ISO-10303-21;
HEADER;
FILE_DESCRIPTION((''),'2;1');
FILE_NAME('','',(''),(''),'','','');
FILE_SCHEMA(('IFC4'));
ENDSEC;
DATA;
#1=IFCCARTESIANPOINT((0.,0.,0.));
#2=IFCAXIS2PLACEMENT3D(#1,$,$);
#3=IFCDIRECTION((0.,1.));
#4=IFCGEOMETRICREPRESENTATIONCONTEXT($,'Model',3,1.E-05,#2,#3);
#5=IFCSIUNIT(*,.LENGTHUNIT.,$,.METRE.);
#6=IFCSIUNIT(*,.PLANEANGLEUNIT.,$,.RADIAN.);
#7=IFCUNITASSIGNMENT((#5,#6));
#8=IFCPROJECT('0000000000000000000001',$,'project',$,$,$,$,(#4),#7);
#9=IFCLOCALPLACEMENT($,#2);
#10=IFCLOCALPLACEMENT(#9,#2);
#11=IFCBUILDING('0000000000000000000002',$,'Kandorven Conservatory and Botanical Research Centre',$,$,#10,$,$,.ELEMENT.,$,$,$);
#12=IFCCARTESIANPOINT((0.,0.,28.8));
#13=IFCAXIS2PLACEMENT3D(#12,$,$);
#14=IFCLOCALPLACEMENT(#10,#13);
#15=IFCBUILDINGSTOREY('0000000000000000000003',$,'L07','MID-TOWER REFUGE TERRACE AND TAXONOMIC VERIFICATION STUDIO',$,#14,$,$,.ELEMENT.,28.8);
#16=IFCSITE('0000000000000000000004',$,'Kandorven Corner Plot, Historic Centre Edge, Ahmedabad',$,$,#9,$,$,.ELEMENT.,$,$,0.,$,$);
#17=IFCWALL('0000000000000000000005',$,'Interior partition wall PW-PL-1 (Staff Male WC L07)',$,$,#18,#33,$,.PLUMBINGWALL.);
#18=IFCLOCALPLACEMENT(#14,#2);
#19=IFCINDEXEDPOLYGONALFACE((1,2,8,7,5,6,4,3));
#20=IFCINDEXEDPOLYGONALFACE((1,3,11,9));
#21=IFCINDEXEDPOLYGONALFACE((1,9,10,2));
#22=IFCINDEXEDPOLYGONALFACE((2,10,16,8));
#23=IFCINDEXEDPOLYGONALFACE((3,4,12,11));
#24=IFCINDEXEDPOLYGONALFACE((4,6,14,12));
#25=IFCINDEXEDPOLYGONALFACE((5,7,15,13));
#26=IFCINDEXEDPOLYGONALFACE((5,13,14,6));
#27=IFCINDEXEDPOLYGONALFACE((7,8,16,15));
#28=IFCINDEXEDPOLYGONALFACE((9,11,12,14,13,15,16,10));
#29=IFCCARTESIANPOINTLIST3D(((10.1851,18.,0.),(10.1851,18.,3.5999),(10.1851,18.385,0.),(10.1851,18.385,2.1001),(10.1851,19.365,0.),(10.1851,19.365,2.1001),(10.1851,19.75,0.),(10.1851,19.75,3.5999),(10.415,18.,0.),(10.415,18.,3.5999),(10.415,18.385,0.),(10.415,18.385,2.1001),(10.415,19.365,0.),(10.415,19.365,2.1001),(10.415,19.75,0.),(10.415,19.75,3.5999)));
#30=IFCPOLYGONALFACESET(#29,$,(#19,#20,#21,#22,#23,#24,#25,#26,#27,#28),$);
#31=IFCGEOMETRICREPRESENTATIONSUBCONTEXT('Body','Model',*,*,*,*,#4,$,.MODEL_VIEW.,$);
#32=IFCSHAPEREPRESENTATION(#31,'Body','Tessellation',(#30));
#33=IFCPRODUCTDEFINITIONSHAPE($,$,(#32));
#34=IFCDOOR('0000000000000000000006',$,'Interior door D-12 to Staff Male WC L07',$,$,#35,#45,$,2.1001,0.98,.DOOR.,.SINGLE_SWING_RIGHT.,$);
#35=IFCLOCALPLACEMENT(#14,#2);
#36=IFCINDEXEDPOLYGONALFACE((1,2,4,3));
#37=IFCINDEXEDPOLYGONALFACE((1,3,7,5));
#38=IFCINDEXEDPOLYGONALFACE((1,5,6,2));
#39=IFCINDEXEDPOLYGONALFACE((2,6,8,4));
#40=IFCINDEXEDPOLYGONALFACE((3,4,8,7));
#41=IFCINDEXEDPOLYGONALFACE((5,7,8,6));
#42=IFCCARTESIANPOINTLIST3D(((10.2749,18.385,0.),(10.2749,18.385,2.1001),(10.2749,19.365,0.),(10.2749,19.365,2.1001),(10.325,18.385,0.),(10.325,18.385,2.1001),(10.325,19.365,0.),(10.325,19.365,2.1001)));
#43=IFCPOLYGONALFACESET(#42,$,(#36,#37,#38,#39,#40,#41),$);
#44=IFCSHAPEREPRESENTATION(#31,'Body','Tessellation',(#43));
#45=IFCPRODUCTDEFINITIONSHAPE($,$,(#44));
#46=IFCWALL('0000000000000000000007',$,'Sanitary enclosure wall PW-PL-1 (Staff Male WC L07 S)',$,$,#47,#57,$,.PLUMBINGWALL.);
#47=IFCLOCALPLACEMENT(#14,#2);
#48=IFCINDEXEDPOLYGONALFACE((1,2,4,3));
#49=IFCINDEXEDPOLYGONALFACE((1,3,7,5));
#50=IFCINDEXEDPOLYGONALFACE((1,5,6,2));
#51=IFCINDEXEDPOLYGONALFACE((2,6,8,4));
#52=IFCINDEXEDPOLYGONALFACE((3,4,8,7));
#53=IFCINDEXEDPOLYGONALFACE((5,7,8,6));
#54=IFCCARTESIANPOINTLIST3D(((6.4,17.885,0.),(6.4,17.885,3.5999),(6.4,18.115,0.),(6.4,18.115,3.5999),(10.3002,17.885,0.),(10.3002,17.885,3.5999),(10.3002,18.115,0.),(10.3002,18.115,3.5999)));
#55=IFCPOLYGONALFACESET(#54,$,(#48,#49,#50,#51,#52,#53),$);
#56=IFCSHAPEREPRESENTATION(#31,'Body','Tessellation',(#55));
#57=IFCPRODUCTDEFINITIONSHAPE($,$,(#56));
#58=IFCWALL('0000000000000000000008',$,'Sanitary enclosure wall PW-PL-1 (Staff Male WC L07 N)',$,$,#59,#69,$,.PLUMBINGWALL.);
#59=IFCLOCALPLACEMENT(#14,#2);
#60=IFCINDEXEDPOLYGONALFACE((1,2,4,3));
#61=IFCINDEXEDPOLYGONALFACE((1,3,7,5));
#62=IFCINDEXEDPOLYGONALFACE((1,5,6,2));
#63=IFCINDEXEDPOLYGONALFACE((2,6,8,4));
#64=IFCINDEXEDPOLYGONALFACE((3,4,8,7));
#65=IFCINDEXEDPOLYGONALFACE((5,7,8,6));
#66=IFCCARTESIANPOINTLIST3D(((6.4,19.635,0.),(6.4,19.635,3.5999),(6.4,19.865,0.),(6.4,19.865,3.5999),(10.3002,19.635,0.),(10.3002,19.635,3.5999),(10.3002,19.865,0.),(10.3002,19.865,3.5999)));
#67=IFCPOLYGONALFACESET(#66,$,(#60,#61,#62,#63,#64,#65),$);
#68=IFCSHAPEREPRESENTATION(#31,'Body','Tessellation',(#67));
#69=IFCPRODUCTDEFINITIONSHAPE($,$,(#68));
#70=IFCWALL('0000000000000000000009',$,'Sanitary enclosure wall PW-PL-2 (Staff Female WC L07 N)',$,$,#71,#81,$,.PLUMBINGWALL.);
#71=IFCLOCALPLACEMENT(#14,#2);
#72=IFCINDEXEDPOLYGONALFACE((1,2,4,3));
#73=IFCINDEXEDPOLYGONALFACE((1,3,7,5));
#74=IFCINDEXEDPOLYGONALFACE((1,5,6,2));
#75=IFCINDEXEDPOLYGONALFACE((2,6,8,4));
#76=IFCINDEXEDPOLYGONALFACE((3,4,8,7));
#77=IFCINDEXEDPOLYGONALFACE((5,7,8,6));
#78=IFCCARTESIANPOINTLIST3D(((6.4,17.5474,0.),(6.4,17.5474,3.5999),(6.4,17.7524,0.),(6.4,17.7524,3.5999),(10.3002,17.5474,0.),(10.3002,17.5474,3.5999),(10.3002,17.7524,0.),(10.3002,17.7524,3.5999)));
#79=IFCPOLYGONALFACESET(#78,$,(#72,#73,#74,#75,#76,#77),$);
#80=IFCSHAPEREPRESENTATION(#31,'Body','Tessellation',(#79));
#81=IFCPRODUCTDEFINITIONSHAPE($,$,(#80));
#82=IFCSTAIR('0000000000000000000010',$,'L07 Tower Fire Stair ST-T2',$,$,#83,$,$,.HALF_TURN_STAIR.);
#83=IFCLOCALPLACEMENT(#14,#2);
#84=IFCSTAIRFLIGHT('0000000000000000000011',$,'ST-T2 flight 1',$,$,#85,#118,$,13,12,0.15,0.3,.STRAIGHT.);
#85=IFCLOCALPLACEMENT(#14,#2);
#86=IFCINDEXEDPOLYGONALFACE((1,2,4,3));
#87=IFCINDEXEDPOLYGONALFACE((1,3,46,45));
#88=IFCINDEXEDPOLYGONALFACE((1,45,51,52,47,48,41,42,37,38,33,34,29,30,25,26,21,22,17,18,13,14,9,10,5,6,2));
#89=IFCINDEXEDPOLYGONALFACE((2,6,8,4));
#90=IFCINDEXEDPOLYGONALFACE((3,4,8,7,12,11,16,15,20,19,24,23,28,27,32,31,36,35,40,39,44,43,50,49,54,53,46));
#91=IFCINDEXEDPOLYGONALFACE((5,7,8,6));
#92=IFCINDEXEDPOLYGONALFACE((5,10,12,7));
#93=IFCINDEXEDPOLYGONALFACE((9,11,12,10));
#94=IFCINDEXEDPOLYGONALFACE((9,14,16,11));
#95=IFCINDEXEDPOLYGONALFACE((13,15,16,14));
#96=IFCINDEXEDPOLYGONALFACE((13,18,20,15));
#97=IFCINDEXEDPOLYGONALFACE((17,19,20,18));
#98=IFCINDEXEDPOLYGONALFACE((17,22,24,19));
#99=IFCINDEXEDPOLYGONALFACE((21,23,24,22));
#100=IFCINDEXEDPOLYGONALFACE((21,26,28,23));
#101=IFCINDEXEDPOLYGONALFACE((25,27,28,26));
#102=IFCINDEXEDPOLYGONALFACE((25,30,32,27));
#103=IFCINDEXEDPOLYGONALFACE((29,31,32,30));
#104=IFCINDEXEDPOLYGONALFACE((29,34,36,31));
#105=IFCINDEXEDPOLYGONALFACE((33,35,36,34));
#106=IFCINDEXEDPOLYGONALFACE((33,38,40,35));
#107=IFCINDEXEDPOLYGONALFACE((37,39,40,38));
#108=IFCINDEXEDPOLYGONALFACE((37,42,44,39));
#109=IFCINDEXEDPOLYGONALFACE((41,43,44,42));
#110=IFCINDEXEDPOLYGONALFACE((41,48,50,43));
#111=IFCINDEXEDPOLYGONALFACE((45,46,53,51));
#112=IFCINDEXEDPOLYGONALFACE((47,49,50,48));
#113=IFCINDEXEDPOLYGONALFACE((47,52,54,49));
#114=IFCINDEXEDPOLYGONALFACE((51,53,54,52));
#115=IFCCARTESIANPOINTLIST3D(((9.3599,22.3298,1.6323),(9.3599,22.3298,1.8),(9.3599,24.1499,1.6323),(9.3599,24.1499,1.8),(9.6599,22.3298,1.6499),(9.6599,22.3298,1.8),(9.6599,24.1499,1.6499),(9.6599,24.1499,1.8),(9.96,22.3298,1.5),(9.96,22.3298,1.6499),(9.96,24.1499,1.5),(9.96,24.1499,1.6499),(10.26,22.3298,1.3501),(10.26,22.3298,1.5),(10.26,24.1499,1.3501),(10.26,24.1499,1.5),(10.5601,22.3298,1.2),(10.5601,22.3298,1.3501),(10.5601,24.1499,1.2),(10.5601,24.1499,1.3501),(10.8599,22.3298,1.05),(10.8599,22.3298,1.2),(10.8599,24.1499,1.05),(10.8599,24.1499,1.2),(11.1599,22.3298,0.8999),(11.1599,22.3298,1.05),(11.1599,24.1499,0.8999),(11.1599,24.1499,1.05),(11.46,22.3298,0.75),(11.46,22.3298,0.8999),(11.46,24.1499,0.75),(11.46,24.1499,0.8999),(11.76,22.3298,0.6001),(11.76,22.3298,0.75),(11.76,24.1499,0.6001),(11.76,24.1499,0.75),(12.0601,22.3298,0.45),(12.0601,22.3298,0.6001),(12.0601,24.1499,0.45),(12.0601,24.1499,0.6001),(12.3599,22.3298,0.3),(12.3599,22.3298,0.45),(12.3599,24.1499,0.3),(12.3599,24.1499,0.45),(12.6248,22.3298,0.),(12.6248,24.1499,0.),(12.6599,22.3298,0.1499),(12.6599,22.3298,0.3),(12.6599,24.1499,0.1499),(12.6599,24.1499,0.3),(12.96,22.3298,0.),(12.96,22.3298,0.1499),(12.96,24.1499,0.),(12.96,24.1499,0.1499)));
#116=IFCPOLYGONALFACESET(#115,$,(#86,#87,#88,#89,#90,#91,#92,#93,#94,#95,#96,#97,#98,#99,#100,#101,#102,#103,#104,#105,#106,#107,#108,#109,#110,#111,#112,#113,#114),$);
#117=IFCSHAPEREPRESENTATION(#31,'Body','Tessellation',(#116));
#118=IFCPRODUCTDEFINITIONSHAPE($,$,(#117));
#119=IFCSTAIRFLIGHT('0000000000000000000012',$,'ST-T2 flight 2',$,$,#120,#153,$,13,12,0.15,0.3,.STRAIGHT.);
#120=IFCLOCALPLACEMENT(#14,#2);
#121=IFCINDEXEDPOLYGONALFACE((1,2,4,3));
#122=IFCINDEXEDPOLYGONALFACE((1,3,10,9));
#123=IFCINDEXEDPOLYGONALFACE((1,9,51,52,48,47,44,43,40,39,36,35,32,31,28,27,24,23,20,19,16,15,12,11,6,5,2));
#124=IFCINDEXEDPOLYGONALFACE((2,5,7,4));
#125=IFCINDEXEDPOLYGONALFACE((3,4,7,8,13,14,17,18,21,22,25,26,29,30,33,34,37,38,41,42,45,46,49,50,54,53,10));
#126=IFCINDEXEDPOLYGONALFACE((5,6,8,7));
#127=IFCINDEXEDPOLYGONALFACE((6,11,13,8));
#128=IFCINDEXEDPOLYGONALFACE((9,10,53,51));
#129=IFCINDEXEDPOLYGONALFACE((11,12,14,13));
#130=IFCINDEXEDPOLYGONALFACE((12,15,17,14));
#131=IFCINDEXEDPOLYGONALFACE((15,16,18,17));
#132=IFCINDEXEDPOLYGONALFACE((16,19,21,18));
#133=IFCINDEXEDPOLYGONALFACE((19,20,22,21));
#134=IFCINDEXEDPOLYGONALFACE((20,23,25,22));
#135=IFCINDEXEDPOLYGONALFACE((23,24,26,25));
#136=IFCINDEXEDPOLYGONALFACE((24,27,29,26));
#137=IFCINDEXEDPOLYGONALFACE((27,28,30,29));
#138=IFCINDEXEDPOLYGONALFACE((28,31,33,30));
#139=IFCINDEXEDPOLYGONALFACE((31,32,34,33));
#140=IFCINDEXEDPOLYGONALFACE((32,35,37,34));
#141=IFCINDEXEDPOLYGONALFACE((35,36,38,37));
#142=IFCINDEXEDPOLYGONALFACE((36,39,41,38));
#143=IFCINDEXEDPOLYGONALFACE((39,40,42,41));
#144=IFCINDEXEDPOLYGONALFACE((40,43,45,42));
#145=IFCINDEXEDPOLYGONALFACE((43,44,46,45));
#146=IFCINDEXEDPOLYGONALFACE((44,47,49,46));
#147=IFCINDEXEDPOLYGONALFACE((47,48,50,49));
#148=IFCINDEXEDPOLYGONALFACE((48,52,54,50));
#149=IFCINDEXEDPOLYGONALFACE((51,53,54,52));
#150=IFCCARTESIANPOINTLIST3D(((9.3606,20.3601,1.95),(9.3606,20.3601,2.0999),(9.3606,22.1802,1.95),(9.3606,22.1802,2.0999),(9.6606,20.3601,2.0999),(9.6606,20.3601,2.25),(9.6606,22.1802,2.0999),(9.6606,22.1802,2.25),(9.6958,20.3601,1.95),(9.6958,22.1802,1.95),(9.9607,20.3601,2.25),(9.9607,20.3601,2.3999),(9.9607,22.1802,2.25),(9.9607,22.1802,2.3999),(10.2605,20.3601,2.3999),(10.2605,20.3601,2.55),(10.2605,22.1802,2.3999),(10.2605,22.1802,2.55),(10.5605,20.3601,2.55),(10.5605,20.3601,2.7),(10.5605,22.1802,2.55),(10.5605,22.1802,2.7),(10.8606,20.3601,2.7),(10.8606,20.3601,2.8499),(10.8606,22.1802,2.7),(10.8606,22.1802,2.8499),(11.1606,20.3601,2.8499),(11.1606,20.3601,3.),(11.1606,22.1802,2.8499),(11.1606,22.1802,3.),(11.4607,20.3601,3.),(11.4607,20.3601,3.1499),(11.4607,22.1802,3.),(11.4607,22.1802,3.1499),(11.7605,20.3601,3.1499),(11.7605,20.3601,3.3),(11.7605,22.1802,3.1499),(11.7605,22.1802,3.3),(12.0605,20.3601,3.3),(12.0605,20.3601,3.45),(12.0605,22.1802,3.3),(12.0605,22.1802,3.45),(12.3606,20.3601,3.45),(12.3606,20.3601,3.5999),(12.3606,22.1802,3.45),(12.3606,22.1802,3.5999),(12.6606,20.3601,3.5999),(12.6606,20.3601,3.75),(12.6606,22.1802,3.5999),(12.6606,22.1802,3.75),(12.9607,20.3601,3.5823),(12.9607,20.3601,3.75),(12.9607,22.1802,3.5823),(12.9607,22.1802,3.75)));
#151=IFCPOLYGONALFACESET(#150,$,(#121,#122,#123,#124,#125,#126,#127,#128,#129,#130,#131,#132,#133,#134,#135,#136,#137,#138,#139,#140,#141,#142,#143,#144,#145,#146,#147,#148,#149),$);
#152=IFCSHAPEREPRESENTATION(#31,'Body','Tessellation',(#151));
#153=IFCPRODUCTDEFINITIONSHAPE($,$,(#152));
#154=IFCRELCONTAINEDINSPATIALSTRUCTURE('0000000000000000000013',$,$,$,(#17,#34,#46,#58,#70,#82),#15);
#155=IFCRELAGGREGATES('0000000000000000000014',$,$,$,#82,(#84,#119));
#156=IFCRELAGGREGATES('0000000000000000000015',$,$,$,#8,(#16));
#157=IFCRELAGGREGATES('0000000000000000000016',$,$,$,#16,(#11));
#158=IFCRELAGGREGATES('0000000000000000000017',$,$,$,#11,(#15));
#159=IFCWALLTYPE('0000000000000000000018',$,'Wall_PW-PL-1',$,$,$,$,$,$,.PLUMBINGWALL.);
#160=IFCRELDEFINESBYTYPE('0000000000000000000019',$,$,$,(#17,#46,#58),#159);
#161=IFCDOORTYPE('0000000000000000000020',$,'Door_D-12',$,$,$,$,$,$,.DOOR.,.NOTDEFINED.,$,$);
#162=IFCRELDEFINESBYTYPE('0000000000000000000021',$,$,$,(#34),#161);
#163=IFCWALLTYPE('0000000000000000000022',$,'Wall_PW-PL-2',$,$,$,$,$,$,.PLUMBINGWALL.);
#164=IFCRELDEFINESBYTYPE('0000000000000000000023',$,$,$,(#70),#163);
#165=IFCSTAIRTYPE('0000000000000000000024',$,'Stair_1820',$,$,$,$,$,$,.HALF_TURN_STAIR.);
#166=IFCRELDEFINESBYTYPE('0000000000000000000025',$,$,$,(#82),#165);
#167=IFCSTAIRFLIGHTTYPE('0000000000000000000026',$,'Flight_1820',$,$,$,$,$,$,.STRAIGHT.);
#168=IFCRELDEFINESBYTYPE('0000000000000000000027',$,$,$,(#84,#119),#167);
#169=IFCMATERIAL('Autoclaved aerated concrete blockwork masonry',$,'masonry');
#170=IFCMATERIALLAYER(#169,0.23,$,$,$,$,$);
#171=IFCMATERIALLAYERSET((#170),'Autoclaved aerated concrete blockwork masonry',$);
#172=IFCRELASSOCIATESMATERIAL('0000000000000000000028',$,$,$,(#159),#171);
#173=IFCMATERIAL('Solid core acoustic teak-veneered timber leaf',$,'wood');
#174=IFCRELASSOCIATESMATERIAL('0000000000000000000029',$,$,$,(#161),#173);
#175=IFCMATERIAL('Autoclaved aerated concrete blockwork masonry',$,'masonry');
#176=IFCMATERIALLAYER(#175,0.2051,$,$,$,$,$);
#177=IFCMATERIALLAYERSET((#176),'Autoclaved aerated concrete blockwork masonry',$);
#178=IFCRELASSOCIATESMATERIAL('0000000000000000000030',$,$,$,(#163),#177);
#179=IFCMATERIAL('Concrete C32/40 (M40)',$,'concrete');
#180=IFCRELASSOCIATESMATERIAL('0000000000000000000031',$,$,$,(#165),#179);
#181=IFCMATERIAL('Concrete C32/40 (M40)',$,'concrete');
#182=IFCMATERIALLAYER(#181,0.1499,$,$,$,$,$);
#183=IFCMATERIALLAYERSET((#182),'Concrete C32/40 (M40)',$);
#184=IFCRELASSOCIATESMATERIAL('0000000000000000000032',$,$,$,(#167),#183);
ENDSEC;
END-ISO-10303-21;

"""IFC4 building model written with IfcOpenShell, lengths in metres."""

from ifc_helpers import new_model, si_unit, direction, frame, frame_2d, origin, place, context, subcontext, project, spatial, polyline, rectangle, outline, extrude, material, layer, layer_set, type_object, element, fill, aggregate, save


model = new_model("IFC4")

# Units and contexts
model_context = context("Model", 3, precision=1e-05, world=origin(), true_north=direction((0.0, 1.0)))
body_context = subcontext(model_context, "Body", "Model", "MODEL_VIEW")
ifc_project = project(units=[si_unit("LENGTHUNIT", "METRE"), si_unit("PLANEANGLEUNIT", "RADIAN")], contexts=[model_context])

# Site, building, storey
site_placement = place(None, origin())
site = spatial("IfcSite", under=ifc_project, at=site_placement, Name="Kandorven Corner Plot, Historic Centre Edge, Ahmedabad", CompositionType="ELEMENT", RefElevation=0.0)
building_placement = place(site_placement, origin())
building = spatial("IfcBuilding", under=site, at=building_placement, Name="Kandorven Conservatory and Botanical Research Centre", CompositionType="ELEMENT")
storey_placement = place(building_placement, frame((0.0, 0.0, 28.8)))
storey = spatial("IfcBuildingStorey", under=building, at=storey_placement, Name="L07", Description="MID-TOWER REFUGE TERRACE AND TAXONOMIC VERIFICATION STUDIO", CompositionType="ELEMENT", Elevation=28.8)

# Wall, opening, door
ifc_material_1 = material(Name="Autoclaved aerated concrete blockwork masonry", Category="masonry")
ifc_layer_1 = layer(ifc_material_1, 0.23)
ifc_layer_set_1 = layer_set([ifc_layer_1], Name="Autoclaved aerated concrete blockwork masonry")
wall_type_1 = type_object("IfcWallType", Name="Wall_PW-PL-1", PredefinedType="PLUMBINGWALL", material=ifc_layer_set_1)
wall_1_placement = place(storey_placement, frame((10.3, 18.0, 0.0), z_axis=(0.0, 0.0, 1.0), x_axis=(0.0, 1.0, 0.0)))
wall_1 = element("IfcWall", 1, at=wall_1_placement, inside=storey, type_object=wall_type_1, Name="Interior partition wall PW-PL-1 (Staff Male WC L07)", PredefinedType="PLUMBINGWALL", context=body_context, shape_type="SweptSolid", body=[
    extrude(rectangle(XDim=1.75, YDim=0.23, at=frame_2d((0.875, 0.0))), origin(), (0.0, 0.0, 1.0), 3.5999),
])
opening_placement = place(wall_1_placement, frame((0.385, 0.0, 0.0)))
opening = element("IfcOpeningElement", 2, at=opening_placement, cuts=wall_1, PredefinedType="OPENING", context=body_context, shape_type="SweptSolid", body=[
    extrude(rectangle(XDim=0.98, YDim=2.1001, at=frame_2d((0.49, 1.05))), frame((0.0, 0.125, 0.0), z_axis=(0.0, -1.0, 0.0), x_axis=(1.0, 0.0, 0.0)), (0.0, 0.0, 1.0), 0.25),
])
ifc_material_2 = material(Name="Solid core acoustic teak-veneered timber leaf", Category="wood")
door_type = type_object("IfcDoorType", Name="Door_D-12", OperationType="NOTDEFINED", PredefinedType="DOOR", material=ifc_material_2)
door_placement = place(opening_placement, frame((0.98, 0.0, 0.0), z_axis=(0.0, 0.0, 1.0), x_axis=(-1.0, 0.0, 0.0)))
door = element("IfcDoor", 3, at=door_placement, inside=storey, type_object=door_type, Name="Interior door D-12 to Staff Male WC L07", OperationType="SINGLE_SWING_RIGHT", OverallHeight=2.1001, OverallWidth=0.98, PredefinedType="DOOR", context=body_context, shape_type="SweptSolid", body=[
    extrude(rectangle(XDim=0.98, YDim=2.1001, at=frame_2d((0.49, 1.05))), frame((0.0, 0.0249, 0.0), z_axis=(0.0, -1.0, 0.0), x_axis=(1.0, 0.0, 0.0)), (0.0, 0.0, 1.0), 0.05),
])
fill(opening, door)

# Walls
for number, where, z_axis, x_axis, name in (
    (4, (6.3999, 18.0, 0.0), (0.0, 0.0, 1.0), (1.0, 0.0, 0.0), "Sanitary enclosure wall PW-PL-1 (Staff Male WC L07 S)"),
    (5, (6.3999, 19.75, 0.0), (0.0, 0.0, 1.0), (1.0, 0.0, 0.0), "Sanitary enclosure wall PW-PL-1 (Staff Male WC L07 N)"),
):
    element("IfcWall", number, at=place(storey_placement, frame(where, z_axis=z_axis, x_axis=x_axis)), inside=storey, type_object=wall_type_1, Name=name, PredefinedType="PLUMBINGWALL", context=body_context, shape_type="SweptSolid", body=[
        extrude(rectangle(XDim=3.9001, YDim=0.23, at=frame_2d((1.9502, 0.0))), origin(), (0.0, 0.0, 1.0), 3.5999),
    ])
ifc_material_3 = material(Name="Autoclaved aerated concrete blockwork masonry", Category="masonry")
ifc_layer_2 = layer(ifc_material_3, 0.2051)
ifc_layer_set_2 = layer_set([ifc_layer_2], Name="Autoclaved aerated concrete blockwork masonry")
wall_type_2 = type_object("IfcWallType", Name="Wall_PW-PL-2", PredefinedType="PLUMBINGWALL", material=ifc_layer_set_2)
wall_2_placement = place(storey_placement, frame((6.3999, 17.6499, 0.0), z_axis=(0.0, 0.0, 1.0), x_axis=(1.0, 0.0, 0.0)))
element("IfcWall", 6, at=wall_2_placement, inside=storey, type_object=wall_type_2, Name="Sanitary enclosure wall PW-PL-2 (Staff Female WC L07 N)", PredefinedType="PLUMBINGWALL", context=body_context, shape_type="SweptSolid", body=[
    extrude(rectangle(XDim=3.9001, YDim=0.2051, at=frame_2d((1.9502, 0.0))), origin(), (0.0, 0.0, 1.0), 3.5999),
])

# Stair, stair flights
ifc_material_4 = material(Name="Concrete C32/40 (M40)", Category="concrete")
stair_type = type_object("IfcStairType", Name="Stair_1820", PredefinedType="HALF_TURN_STAIR", material=ifc_material_4)
stair_placement = place(storey_placement, origin())
stair = element("IfcStair", 7, at=stair_placement, inside=storey, type_object=stair_type, Name="L07 Tower Fire Stair ST-T2", PredefinedType="HALF_TURN_STAIR")
ifc_material_5 = material(Name="Concrete C32/40 (M40)", Category="concrete")
ifc_layer_3 = layer(ifc_material_5, 0.1499)
ifc_layer_set_3 = layer_set([ifc_layer_3], Name="Concrete C32/40 (M40)")
stair_flight_type = type_object("IfcStairFlightType", Name="Flight_1820", PredefinedType="STRAIGHT", material=ifc_layer_set_3)
stair_flight_1_placement = place(storey_placement, frame((12.96, 23.24, 0.0), z_axis=(0.0, 0.0, 1.0), x_axis=(-1.0, 0.0, 0.0)))
stair_flight_1 = element("IfcStairFlight", 8, at=stair_flight_1_placement, type_object=stair_flight_type, Name="ST-T2 flight 1", NumberOfRisers=13, NumberOfTreads=12, PredefinedType="STRAIGHT", RiserHeight=0.15, TreadLength=0.3, context=body_context, shape_type="SweptSolid", body=[
    extrude(outline(polyline([(0.0, 0.0), (0.0, 0.1499), (0.3, 0.1499), (0.3, 0.3), (0.6001, 0.3), (0.6001, 0.45), (0.8999, 0.45), (0.8999, 0.6001), (1.2, 0.6001), (1.2, 0.75), (1.5, 0.75), (1.5, 0.8999), (1.8, 0.8999), (1.8, 1.05), (2.1001, 1.05), (2.1001, 1.2), (2.3999, 1.2), (2.3999, 1.3501), (2.7, 1.3501), (2.7, 1.5), (3.0, 1.5), (3.0, 1.6499), (3.3, 1.6499), (3.3, 1.8), (3.6001, 1.8), (3.6001, 1.95), (3.6001, 1.6323), (0.3352, 0.0), (0.0, 0.0)])), frame((0.0, 0.9102, 0.0), z_axis=(0.0, -1.0, 0.0), x_axis=(1.0, 0.0, 0.0)), (0.0, 0.0, 1.0), 1.8201),
])
stair_flight_2_placement = place(storey_placement, frame((9.3606, 21.27, 1.95), z_axis=(0.0, 0.0, 1.0), x_axis=(1.0, 0.0, 0.0)))
stair_flight_2 = element("IfcStairFlight", 9, at=stair_flight_2_placement, type_object=stair_flight_type, Name="ST-T2 flight 2", NumberOfRisers=13, NumberOfTreads=12, PredefinedType="STRAIGHT", RiserHeight=0.15, TreadLength=0.3, context=body_context, shape_type="SweptSolid", body=[
    extrude(outline(polyline([(0.0, 0.0), (0.0, 0.1499), (0.3, 0.1499), (0.3, 0.3), (0.6001, 0.3), (0.6001, 0.45), (0.8999, 0.45), (0.8999, 0.6001), (1.2, 0.6001), (1.2, 0.75), (1.5, 0.75), (1.5, 0.8999), (1.8, 0.8999), (1.8, 1.05), (2.1001, 1.05), (2.1001, 1.2), (2.3999, 1.2), (2.3999, 1.3501), (2.7, 1.3501), (2.7, 1.5), (3.0, 1.5), (3.0, 1.6499), (3.3, 1.6499), (3.3, 1.8), (3.6001, 1.8), (3.6001, 1.95), (3.6001, 1.6323), (0.3352, 0.0), (0.0, 0.0)])), frame((0.0, 0.9102, 0.0), z_axis=(0.0, -1.0, 0.0), x_axis=(1.0, 0.0, 0.0)), (0.0, 0.0, 1.0), 1.8201),
])
aggregate(stair, [stair_flight_1, stair_flight_2])

save(model, "model.ifc")
